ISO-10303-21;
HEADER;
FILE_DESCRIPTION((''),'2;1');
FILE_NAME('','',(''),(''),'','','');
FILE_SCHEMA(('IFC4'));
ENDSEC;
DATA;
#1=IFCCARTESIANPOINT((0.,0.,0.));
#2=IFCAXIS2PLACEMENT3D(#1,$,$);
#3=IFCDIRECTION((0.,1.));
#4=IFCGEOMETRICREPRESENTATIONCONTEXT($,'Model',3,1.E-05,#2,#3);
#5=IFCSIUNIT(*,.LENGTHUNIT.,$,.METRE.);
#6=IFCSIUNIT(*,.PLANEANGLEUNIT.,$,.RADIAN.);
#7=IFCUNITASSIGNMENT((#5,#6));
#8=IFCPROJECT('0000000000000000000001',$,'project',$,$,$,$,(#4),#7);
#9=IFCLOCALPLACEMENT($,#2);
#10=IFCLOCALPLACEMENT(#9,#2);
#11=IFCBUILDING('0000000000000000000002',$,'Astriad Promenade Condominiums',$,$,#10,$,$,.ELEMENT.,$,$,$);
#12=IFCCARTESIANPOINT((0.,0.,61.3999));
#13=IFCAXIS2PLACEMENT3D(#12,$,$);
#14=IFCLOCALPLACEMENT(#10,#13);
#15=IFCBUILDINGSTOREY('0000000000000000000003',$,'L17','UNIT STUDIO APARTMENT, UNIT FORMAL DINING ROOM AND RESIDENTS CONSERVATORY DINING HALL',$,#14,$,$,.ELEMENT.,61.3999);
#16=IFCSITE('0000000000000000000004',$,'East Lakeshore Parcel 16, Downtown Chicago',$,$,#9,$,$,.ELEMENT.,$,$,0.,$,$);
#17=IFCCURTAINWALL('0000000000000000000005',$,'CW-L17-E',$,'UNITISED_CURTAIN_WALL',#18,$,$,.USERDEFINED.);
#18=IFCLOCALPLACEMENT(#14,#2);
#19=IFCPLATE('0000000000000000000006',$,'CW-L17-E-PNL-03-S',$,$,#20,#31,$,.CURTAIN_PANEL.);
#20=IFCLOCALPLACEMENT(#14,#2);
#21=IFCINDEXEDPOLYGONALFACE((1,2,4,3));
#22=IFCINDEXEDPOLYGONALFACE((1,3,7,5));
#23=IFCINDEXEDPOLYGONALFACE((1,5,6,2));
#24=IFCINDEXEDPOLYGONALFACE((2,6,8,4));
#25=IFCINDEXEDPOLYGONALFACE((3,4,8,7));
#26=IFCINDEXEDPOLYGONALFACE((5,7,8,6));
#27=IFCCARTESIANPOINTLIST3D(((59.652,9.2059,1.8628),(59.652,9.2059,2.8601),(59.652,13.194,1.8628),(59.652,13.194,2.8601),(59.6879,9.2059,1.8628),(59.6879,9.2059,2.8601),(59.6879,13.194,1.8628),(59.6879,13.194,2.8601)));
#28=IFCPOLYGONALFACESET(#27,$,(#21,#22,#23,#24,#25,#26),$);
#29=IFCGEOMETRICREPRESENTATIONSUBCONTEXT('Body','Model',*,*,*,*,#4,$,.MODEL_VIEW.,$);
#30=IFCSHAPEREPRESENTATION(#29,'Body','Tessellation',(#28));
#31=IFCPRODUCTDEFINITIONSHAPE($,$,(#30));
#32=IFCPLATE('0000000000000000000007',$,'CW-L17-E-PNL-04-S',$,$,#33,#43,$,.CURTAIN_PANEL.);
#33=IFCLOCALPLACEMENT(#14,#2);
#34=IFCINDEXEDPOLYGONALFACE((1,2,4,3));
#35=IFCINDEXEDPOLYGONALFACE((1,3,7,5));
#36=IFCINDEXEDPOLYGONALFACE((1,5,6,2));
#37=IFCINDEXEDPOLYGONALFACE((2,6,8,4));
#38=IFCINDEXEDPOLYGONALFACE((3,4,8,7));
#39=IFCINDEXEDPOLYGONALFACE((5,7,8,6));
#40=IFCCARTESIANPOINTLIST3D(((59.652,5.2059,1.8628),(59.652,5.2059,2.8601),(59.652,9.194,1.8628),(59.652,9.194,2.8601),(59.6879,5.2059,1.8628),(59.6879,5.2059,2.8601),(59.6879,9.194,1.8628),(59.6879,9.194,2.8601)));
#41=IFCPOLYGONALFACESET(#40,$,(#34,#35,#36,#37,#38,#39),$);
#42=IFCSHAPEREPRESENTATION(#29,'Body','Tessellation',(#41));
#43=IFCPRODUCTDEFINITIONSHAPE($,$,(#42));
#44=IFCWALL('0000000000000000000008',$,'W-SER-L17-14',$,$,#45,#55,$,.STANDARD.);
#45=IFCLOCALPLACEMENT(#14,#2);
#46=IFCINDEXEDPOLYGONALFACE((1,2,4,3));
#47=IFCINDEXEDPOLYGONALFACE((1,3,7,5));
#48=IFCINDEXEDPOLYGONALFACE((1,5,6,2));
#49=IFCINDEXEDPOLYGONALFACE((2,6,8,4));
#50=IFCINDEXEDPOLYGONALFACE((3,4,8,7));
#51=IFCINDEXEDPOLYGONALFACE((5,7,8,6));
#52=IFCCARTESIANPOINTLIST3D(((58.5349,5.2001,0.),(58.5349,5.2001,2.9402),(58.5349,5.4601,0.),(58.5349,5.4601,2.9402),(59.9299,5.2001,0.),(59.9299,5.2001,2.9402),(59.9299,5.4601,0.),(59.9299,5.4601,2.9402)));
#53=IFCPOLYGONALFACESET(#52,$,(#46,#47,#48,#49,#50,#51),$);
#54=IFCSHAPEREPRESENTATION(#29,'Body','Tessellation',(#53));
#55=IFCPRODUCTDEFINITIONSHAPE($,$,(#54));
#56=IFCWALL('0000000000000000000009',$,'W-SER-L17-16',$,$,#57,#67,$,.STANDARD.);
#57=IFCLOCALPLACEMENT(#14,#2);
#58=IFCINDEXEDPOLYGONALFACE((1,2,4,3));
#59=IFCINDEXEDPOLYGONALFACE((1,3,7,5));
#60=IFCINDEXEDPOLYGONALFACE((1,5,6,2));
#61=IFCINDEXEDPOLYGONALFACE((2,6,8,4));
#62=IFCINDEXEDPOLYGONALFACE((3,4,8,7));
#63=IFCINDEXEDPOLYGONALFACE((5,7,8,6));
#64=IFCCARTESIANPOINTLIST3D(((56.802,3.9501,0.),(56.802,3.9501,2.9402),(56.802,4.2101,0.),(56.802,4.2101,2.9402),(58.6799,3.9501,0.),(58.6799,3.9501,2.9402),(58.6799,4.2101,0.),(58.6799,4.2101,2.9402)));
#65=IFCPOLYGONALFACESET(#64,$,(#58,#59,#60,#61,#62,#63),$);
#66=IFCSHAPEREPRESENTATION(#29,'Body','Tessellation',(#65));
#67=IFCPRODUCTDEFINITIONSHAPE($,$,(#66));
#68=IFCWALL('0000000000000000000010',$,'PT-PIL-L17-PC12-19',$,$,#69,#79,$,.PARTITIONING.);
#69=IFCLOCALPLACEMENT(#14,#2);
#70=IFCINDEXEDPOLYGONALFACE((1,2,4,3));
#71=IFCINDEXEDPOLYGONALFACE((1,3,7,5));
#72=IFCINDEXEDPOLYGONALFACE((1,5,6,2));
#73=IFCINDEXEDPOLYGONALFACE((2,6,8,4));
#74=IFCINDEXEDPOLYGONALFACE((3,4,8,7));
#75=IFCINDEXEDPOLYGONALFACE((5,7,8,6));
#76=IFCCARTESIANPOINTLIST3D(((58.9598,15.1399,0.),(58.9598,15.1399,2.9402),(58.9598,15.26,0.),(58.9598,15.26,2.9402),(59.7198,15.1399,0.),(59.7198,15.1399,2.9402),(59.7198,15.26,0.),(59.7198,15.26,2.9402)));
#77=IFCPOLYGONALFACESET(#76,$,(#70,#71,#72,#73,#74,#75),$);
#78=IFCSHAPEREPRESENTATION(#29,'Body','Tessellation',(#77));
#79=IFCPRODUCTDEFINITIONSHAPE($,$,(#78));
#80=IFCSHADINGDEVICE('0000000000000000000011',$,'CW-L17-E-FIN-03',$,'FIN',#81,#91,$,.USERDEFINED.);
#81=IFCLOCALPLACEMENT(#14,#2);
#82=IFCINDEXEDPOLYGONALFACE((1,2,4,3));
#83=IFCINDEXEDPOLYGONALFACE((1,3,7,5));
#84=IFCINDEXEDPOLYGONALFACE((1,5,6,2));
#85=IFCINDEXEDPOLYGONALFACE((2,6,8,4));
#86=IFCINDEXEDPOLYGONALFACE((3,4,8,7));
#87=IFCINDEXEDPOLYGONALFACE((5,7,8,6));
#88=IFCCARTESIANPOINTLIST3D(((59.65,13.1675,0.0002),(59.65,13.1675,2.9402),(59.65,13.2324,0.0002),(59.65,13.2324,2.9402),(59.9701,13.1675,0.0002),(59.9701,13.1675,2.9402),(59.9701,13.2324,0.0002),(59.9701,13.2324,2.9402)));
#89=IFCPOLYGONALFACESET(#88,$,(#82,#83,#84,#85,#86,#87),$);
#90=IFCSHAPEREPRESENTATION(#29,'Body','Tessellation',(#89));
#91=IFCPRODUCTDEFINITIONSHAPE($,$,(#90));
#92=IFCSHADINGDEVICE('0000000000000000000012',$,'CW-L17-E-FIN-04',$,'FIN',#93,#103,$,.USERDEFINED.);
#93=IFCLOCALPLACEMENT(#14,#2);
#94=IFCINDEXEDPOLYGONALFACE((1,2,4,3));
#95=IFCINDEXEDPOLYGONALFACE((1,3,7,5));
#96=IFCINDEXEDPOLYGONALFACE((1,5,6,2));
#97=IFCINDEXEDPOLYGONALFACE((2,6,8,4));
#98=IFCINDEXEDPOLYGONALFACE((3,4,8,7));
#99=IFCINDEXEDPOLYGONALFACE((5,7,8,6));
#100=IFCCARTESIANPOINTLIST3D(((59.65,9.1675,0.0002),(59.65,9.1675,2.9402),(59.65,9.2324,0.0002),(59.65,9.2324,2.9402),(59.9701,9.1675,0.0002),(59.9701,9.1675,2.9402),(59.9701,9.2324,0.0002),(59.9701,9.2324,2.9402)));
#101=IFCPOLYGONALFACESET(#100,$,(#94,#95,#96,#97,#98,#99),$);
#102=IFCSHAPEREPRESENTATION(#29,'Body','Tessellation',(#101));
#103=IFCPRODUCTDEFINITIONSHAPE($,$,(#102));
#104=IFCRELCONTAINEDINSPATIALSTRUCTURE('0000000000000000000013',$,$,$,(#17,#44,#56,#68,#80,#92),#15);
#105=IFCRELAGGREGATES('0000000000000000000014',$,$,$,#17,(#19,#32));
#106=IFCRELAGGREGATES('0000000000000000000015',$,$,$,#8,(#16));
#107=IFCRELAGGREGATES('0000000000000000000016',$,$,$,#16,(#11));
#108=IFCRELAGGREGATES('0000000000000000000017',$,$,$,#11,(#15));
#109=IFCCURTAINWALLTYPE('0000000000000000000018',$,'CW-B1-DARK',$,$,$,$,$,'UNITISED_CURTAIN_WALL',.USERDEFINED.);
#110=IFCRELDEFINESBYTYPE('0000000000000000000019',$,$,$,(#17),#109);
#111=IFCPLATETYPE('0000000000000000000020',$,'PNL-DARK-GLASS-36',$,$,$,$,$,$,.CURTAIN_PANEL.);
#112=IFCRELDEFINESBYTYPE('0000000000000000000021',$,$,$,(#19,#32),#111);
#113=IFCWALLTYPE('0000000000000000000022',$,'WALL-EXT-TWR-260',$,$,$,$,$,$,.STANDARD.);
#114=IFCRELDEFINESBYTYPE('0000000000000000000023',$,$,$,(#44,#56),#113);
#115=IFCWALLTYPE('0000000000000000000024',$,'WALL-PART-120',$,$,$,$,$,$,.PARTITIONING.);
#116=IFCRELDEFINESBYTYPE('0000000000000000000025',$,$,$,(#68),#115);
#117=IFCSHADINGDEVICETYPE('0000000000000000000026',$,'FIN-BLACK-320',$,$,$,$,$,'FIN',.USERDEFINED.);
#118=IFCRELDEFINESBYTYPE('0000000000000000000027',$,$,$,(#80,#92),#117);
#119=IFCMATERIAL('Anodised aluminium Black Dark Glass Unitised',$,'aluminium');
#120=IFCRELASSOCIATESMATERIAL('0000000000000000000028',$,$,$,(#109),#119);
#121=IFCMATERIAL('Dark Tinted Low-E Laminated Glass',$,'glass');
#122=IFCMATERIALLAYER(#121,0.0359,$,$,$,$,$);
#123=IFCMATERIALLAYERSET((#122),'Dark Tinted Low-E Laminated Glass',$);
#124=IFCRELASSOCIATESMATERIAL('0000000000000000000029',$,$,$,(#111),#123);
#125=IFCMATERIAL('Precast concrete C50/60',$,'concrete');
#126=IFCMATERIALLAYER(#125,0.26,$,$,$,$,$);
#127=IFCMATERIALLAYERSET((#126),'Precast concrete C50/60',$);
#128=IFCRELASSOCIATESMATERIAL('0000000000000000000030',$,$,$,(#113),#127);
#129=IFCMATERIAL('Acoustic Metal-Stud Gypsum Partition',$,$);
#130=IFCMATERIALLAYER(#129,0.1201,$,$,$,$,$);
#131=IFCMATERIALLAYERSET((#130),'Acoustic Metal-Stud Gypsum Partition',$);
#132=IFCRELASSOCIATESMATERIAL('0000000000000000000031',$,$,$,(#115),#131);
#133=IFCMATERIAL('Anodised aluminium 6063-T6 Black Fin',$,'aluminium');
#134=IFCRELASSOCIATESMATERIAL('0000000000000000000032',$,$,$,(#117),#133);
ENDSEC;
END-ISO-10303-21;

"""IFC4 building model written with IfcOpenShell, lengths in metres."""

from ifc_helpers import new_model, si_unit, direction, frame, frame_2d, origin, origin_2d, place, context, subcontext, project, spatial, rectangle, extrude, source, transform, mapped, material, layer, layer_set, type_object, type_shapes, element, aggregate, save


model = new_model("IFC4")

# Units and contexts
model_context = context("Model", 3, precision=1e-05, world=origin(), true_north=direction((0.0, 1.0)))
body_context = subcontext(model_context, "Body", "Model", "MODEL_VIEW")
ifc_project = project(units=[si_unit("LENGTHUNIT", "METRE"), si_unit("PLANEANGLEUNIT", "RADIAN")], contexts=[model_context])

# Site, building, storey
site_placement = place(None, origin())
site = spatial("IfcSite", under=ifc_project, at=site_placement, Name="East Lakeshore Parcel 16, Downtown Chicago", CompositionType="ELEMENT", RefElevation=0.0)
building_placement = place(site_placement, origin())
building = spatial("IfcBuilding", under=site, at=building_placement, Name="Astriad Promenade Condominiums", CompositionType="ELEMENT")
storey_placement = place(building_placement, frame((0.0, 0.0, 61.3999)))
storey = spatial("IfcBuildingStorey", under=building, at=storey_placement, Name="L17", Description="UNIT STUDIO APARTMENT, UNIT FORMAL DINING ROOM AND RESIDENTS CONSERVATORY DINING HALL", CompositionType="ELEMENT", Elevation=61.3999)

# Curtain wall, plates
ifc_material_1 = material(Name="Anodised aluminium Black Dark Glass Unitised", Category="aluminium")
curtain_wall_type = type_object("IfcCurtainWallType", Name="CW-B1-DARK", ElementType="UNITISED_CURTAIN_WALL", PredefinedType="USERDEFINED", material=ifc_material_1)
curtain_wall_placement = place(storey_placement, origin())
curtain_wall = element("IfcCurtainWall", 1, at=curtain_wall_placement, inside=storey, type_object=curtain_wall_type, Name="CW-L17-E", ObjectType="UNITISED_CURTAIN_WALL", PredefinedType="USERDEFINED")
ifc_material_2 = material(Name="Dark Tinted Low-E Laminated Glass", Category="glass")
ifc_layer_1 = layer(ifc_material_2, 0.0359)
ifc_layer_set_1 = layer_set([ifc_layer_1], Name="Dark Tinted Low-E Laminated Glass")
plate_type = type_object("IfcPlateType", Name="PNL-DARK-GLASS-36", PredefinedType="CURTAIN_PANEL", material=ifc_layer_set_1)
shared_shape_1 = source(origin(), body_context, "Body", "SweptSolid", [
    extrude(rectangle(XDim=3.988, YDim=0.0359, at=origin_2d()), origin(), (0.0, 0.0, 1.0), 0.9973),
])
plate_1_placement = place(storey_placement, frame((59.6699, 11.2, 1.8628), z_axis=(0.0, 0.0, 1.0), x_axis=(0.0, -1.0, 0.0)))
plate_1 = element("IfcPlate", 2, at=plate_1_placement, type_object=plate_type, Name="CW-L17-E-PNL-03-S", PredefinedType="CURTAIN_PANEL", context=body_context, shape_type="MappedRepresentation", body=[
    mapped(shared_shape_1, transform((0.0, 0.0, 0.0), scale=1.0)),
])
plate_2_placement = place(storey_placement, frame((59.6699, 7.2, 1.8628), z_axis=(0.0, 0.0, 1.0), x_axis=(0.0, -1.0, 0.0)))
plate_2 = element("IfcPlate", 3, at=plate_2_placement, type_object=plate_type, Name="CW-L17-E-PNL-04-S", PredefinedType="CURTAIN_PANEL", context=body_context, shape_type="MappedRepresentation", body=[
    mapped(shared_shape_1, transform((0.0, 0.0, 0.0), scale=1.0)),
])
aggregate(curtain_wall, [plate_1, plate_2])

# Walls
ifc_material_3 = material(Name="Precast concrete C50/60", Category="concrete")
ifc_layer_2 = layer(ifc_material_3, 0.26)
ifc_layer_set_2 = layer_set([ifc_layer_2], Name="Precast concrete C50/60")
wall_type_1 = type_object("IfcWallType", Name="WALL-EXT-TWR-260", PredefinedType="STANDARD", material=ifc_layer_set_2)
wall_1_placement = place(storey_placement, frame((59.9299, 5.3301, 0.0), z_axis=(0.0, 0.0, 1.0), x_axis=(-1.0, 0.0, 0.0)))
element("IfcWall", 4, at=wall_1_placement, inside=storey, type_object=wall_type_1, Name="W-SER-L17-14", PredefinedType="STANDARD", context=body_context, shape_type="SweptSolid", body=[
    extrude(rectangle(XDim=1.395, YDim=0.26, at=frame_2d((0.6975, 0.0))), origin(), (0.0, 0.0, 1.0), 2.9402),
])
wall_2_placement = place(storey_placement, frame((58.6799, 4.0801, 0.0), z_axis=(0.0, 0.0, 1.0), x_axis=(-1.0, 0.0, 0.0)))
element("IfcWall", 5, at=wall_2_placement, inside=storey, type_object=wall_type_1, Name="W-SER-L17-16", PredefinedType="STANDARD", context=body_context, shape_type="SweptSolid", body=[
    extrude(rectangle(XDim=1.8779, YDim=0.26, at=frame_2d((0.939, 0.0))), origin(), (0.0, 0.0, 1.0), 2.9402),
])
ifc_material_4 = material(Name="Acoustic Metal-Stud Gypsum Partition")
ifc_layer_3 = layer(ifc_material_4, 0.1201)
ifc_layer_set_3 = layer_set([ifc_layer_3], Name="Acoustic Metal-Stud Gypsum Partition")
wall_type_2 = type_object("IfcWallType", Name="WALL-PART-120", PredefinedType="PARTITIONING", material=ifc_layer_set_3)
wall_3_placement = place(storey_placement, frame((58.96, 15.2, 0.0), z_axis=(0.0, 0.0, 1.0), x_axis=(1.0, 0.0, 0.0)))
element("IfcWall", 6, at=wall_3_placement, inside=storey, type_object=wall_type_2, Name="PT-PIL-L17-PC12-19", PredefinedType="PARTITIONING", context=body_context, shape_type="SweptSolid", body=[
    extrude(rectangle(XDim=0.76, YDim=0.1201, at=frame_2d((0.3799, 0.0))), origin(), (0.0, 0.0, 1.0), 2.9402),
])

# Shading devices
ifc_material_5 = material(Name="Anodised aluminium 6063-T6 Black Fin", Category="aluminium")
shading_device_type = type_object("IfcShadingDeviceType", Name="FIN-BLACK-320", ElementType="FIN", PredefinedType="USERDEFINED", material=ifc_material_5)
shared_shape_2 = source(origin(), body_context, "Body", "SweptSolid", [
    extrude(rectangle(XDim=0.0649, YDim=0.3201, at=origin_2d()), origin(), (0.0, 0.0, 1.0), 2.9399),
])
type_shapes(shading_device_type, [shared_shape_2])
for number, where, z_axis, x_axis, name in (
    (7, (59.8101, 13.2, 0.0002), (0.0, 0.0, 1.0), (0.0, -1.0, 0.0), "CW-L17-E-FIN-03"),
    (8, (59.8101, 9.2, 0.0002), (0.0, 0.0, 1.0), (0.0, -1.0, 0.0), "CW-L17-E-FIN-04"),
):
    element("IfcShadingDevice", number, at=place(storey_placement, frame(where, z_axis=z_axis, x_axis=x_axis)), inside=storey, type_object=shading_device_type, Name=name, ObjectType="FIN", PredefinedType="USERDEFINED", context=body_context, shape_type="MappedRepresentation", body=[
        mapped(shared_shape_2, transform((0.0, 0.0, 0.0), scale=1.0)),
    ])

save(model, "model.ifc")
